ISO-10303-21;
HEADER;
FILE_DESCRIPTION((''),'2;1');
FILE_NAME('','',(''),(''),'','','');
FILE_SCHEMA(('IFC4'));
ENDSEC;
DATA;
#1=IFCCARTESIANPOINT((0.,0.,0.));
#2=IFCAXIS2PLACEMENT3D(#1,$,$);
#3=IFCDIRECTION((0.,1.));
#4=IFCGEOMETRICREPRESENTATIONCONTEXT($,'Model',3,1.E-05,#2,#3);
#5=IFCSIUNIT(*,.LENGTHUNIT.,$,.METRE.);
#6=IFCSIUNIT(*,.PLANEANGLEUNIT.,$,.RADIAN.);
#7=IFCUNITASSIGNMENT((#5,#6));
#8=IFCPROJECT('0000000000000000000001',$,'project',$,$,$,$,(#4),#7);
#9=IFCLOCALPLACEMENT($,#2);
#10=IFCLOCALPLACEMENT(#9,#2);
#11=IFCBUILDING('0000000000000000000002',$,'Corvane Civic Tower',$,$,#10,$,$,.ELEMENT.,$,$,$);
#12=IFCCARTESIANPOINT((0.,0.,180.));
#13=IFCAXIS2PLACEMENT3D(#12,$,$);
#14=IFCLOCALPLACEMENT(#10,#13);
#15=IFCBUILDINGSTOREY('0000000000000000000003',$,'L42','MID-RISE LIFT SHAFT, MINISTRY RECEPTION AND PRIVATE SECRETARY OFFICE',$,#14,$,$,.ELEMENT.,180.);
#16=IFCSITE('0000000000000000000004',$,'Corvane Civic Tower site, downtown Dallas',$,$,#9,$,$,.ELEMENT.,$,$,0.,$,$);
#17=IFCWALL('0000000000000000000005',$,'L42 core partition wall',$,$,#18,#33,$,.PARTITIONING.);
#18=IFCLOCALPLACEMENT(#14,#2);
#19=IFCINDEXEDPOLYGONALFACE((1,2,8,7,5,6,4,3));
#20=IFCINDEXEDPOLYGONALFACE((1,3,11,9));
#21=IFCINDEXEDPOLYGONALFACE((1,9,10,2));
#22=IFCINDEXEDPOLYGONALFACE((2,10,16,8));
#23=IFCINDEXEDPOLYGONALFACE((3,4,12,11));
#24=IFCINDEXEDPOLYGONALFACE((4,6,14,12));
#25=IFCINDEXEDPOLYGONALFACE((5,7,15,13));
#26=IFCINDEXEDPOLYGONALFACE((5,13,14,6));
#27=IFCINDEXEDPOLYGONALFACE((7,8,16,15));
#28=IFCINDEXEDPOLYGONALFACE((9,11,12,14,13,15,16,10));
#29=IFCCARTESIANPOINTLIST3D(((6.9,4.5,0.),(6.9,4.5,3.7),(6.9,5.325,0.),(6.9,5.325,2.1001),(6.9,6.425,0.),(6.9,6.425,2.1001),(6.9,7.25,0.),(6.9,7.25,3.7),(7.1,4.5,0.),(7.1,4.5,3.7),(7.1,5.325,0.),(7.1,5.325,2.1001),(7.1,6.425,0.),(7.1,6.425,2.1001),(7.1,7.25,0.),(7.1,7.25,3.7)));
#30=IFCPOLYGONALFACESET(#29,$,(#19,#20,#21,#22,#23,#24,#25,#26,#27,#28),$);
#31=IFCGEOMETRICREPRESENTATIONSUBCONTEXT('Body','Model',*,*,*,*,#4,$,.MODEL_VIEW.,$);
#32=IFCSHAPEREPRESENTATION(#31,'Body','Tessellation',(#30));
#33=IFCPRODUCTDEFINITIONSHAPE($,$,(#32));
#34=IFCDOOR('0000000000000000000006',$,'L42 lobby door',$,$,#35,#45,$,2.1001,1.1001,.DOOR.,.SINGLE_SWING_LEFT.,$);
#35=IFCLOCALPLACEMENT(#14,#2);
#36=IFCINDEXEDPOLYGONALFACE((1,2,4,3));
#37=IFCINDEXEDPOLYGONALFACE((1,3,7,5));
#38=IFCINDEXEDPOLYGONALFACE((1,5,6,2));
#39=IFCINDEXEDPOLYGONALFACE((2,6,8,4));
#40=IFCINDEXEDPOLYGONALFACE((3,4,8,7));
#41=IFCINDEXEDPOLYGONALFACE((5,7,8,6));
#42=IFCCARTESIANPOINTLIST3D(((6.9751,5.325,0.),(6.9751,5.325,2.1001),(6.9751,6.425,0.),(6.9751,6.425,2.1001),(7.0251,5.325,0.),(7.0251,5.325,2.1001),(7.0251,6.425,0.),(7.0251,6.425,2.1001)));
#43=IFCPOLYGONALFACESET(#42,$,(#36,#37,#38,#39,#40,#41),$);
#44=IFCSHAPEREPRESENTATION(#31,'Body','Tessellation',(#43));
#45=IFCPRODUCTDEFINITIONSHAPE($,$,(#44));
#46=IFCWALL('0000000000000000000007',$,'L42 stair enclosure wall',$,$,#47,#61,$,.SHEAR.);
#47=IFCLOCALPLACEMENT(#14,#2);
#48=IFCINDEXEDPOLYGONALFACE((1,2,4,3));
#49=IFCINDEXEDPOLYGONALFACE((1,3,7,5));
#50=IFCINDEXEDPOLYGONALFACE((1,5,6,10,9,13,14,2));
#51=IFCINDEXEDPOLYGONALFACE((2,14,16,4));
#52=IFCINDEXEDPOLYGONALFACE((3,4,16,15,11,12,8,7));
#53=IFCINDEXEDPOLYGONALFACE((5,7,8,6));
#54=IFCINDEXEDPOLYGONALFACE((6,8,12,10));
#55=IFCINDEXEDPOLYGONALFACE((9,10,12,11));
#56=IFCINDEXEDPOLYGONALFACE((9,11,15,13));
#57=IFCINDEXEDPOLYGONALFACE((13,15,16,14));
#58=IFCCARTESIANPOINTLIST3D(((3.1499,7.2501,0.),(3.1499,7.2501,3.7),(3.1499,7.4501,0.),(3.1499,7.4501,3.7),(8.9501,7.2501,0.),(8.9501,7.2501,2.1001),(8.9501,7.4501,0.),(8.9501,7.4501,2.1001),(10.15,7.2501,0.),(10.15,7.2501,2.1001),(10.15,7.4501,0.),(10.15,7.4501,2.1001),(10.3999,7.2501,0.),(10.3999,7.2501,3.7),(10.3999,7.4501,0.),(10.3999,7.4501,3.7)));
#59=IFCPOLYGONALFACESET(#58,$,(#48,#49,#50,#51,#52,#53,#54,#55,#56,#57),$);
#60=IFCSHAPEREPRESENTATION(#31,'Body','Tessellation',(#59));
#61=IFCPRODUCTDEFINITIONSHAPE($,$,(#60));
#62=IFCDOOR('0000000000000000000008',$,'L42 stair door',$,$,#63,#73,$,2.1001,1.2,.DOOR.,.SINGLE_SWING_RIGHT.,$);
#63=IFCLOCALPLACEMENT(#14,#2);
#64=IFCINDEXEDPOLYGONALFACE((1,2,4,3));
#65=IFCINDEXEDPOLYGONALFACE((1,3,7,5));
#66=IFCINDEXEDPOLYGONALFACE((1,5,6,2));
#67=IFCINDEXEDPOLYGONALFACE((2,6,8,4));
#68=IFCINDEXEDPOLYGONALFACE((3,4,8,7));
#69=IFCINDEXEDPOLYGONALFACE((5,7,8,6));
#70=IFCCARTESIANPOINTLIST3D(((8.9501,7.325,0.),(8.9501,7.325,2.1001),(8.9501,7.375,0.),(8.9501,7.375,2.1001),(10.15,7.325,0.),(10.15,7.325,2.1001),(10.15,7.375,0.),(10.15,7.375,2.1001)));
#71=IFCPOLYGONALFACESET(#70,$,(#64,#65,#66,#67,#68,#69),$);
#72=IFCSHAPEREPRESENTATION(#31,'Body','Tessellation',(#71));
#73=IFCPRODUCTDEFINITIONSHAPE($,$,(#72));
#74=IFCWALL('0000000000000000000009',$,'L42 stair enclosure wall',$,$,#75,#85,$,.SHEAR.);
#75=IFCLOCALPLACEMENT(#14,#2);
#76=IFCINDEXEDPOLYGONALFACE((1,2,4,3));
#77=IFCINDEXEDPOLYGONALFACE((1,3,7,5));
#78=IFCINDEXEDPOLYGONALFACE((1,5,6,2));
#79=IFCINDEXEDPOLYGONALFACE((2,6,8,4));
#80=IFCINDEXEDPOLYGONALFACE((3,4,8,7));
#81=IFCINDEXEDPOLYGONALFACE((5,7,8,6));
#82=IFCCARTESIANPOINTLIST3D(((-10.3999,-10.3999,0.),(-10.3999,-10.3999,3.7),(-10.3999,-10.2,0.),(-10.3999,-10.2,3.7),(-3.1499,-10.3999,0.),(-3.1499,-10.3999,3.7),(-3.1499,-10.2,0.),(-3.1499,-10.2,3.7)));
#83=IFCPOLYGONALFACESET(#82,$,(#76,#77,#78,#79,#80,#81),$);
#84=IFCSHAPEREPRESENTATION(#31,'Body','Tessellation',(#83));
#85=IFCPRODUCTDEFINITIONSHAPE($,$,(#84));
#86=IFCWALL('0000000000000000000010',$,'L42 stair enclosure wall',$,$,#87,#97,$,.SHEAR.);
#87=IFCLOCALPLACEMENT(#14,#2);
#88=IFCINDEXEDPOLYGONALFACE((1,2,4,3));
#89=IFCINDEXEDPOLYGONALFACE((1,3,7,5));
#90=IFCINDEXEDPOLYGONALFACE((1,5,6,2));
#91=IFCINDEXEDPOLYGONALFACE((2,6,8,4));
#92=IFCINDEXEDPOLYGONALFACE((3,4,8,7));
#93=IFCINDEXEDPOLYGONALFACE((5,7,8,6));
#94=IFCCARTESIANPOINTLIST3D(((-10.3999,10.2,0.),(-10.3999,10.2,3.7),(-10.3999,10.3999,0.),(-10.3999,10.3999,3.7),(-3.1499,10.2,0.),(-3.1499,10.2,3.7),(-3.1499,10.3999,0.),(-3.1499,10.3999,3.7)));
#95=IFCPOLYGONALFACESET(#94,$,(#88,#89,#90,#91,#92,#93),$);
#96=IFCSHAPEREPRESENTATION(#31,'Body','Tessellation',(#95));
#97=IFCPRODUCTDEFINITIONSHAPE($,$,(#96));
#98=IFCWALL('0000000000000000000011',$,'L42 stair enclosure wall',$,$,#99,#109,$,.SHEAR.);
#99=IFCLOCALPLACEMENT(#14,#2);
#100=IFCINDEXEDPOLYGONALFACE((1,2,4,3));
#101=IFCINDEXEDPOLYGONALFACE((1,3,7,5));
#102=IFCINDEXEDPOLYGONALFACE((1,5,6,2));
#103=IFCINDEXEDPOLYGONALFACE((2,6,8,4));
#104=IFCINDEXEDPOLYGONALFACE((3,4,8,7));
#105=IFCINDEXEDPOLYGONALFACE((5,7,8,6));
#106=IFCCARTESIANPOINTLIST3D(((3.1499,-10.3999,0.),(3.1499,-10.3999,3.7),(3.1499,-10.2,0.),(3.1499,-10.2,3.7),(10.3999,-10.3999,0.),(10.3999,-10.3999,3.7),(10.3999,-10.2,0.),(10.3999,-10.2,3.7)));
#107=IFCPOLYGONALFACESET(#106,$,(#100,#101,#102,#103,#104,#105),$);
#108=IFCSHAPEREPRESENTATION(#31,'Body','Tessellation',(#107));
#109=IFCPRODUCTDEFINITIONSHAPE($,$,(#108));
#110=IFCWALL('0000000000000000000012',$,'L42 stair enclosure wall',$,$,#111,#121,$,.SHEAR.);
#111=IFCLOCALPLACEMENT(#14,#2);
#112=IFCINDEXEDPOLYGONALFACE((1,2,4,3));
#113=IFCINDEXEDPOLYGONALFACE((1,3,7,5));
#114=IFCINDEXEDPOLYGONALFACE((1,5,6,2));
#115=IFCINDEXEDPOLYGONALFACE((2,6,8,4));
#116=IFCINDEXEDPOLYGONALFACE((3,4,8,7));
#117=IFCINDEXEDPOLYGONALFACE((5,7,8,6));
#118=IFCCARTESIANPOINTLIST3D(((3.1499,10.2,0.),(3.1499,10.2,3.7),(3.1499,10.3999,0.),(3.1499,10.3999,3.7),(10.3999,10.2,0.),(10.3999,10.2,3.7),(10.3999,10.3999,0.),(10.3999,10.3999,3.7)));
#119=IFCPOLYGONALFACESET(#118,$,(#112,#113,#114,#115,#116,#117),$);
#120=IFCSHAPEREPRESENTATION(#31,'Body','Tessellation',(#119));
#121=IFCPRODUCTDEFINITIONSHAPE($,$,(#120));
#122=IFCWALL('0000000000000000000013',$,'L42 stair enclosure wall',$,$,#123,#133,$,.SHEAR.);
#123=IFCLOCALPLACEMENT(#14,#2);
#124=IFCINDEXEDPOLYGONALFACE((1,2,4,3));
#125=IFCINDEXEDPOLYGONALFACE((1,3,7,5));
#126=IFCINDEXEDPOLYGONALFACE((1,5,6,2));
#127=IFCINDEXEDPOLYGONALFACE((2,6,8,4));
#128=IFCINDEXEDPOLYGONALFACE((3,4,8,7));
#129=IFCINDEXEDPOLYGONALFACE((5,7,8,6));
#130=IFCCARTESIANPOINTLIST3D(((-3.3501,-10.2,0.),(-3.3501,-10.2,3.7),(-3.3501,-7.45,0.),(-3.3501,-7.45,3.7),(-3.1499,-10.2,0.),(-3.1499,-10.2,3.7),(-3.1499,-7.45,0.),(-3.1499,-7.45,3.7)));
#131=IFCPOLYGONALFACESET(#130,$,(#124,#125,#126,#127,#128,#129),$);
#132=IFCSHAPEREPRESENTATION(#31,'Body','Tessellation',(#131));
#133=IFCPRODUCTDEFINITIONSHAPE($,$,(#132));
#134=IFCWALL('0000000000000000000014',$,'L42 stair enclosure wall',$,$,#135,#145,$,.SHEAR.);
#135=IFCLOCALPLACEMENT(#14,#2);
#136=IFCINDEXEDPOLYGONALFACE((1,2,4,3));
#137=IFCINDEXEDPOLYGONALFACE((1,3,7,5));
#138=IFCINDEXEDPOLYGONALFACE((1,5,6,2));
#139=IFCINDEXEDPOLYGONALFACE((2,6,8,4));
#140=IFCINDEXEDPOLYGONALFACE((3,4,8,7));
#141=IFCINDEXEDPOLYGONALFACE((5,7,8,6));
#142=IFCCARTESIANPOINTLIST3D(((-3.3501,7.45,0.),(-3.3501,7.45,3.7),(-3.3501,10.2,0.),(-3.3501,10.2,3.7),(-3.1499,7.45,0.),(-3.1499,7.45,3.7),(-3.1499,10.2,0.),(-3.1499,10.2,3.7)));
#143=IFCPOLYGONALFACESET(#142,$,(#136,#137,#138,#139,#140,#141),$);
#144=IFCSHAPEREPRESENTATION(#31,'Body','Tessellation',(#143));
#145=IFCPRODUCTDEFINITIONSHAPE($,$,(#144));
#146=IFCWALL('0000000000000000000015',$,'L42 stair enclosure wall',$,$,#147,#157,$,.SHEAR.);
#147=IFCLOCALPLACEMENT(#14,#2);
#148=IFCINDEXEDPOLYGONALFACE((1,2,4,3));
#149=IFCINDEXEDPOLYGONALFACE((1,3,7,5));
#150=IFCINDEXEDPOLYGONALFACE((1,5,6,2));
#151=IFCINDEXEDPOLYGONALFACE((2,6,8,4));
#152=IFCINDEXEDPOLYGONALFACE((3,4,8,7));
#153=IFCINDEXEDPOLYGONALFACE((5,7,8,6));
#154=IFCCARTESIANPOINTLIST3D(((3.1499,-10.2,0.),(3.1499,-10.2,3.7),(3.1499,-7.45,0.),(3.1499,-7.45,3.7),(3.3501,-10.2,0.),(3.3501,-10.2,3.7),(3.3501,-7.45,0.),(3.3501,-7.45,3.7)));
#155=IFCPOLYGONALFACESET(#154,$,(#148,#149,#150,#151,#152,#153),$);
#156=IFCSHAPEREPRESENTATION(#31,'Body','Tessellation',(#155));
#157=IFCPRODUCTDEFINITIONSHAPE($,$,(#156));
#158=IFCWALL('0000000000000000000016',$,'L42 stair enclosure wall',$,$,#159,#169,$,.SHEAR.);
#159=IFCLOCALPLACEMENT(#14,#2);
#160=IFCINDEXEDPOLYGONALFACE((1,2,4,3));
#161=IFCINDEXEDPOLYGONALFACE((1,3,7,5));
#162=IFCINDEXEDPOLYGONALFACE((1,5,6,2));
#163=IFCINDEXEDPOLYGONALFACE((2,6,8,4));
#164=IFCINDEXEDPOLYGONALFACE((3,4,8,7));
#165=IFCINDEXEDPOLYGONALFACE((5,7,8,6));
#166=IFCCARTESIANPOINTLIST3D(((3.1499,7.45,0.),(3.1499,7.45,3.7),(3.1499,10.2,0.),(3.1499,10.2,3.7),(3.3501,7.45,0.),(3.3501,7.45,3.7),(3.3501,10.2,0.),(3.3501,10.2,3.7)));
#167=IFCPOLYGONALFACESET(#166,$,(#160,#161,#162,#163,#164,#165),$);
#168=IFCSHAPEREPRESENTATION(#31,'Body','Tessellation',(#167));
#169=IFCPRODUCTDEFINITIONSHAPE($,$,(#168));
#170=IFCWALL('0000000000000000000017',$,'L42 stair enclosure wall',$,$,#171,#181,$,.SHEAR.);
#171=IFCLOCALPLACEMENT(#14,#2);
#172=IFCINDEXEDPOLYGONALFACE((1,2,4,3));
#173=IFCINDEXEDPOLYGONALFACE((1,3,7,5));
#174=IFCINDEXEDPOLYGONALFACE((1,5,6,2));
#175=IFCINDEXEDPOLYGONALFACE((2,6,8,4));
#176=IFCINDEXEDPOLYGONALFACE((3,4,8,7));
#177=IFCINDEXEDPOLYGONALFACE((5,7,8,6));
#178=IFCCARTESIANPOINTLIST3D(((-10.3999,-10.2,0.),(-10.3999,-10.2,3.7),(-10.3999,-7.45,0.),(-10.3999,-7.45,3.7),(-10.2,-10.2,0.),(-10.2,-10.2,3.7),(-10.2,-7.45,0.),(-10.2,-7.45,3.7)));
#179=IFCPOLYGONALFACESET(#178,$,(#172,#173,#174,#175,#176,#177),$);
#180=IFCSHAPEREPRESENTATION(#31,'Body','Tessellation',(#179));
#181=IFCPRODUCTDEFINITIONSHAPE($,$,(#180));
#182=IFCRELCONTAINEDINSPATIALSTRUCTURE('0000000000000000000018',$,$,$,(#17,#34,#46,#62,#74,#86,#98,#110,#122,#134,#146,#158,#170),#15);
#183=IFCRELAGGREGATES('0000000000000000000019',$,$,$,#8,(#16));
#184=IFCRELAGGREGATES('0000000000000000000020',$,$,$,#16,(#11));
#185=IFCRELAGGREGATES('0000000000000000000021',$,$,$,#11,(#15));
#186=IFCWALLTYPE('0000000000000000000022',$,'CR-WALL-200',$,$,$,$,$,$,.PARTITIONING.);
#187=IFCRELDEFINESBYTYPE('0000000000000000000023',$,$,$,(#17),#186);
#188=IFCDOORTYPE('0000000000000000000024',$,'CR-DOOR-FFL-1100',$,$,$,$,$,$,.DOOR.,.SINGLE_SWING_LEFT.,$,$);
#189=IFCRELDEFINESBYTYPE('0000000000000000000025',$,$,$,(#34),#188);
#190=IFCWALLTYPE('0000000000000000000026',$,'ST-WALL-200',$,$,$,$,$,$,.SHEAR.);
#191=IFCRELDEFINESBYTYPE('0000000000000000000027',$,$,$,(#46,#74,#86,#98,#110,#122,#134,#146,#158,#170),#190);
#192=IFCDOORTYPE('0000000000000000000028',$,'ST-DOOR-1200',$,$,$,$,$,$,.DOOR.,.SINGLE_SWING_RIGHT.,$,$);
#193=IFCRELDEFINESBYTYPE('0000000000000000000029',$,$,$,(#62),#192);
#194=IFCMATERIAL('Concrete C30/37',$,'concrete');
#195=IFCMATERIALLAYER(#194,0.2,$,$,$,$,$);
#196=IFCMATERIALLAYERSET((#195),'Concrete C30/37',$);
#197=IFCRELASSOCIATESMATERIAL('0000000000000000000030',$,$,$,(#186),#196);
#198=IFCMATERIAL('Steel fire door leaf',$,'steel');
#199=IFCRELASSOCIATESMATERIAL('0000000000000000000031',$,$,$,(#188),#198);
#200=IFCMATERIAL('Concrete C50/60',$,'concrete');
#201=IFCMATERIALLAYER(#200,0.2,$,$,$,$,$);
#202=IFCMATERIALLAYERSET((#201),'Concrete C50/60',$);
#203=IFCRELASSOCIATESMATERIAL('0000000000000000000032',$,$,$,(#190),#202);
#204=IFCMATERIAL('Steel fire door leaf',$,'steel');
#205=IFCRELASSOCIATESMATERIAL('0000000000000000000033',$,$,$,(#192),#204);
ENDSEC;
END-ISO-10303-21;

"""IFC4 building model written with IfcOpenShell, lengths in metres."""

from ifc_helpers import new_model, si_unit, direction, frame, frame_2d, origin, place, context, subcontext, project, spatial, polyline, rectangle, outline, extrude, material, layer, layer_set, type_object, element, fill, save


model = new_model("IFC4")

# Units and contexts
model_context = context("Model", 3, precision=1e-05, world=origin(), true_north=direction((0.0, 1.0)))
body_context = subcontext(model_context, "Body", "Model", "MODEL_VIEW")
ifc_project = project(units=[si_unit("LENGTHUNIT", "METRE"), si_unit("PLANEANGLEUNIT", "RADIAN")], contexts=[model_context])

# Site, building, storey
site_placement = place(None, origin())
site = spatial("IfcSite", under=ifc_project, at=site_placement, Name="Corvane Civic Tower site, downtown Dallas", CompositionType="ELEMENT", RefElevation=0.0)
building_placement = place(site_placement, origin())
building = spatial("IfcBuilding", under=site, at=building_placement, Name="Corvane Civic Tower", CompositionType="ELEMENT")
storey_placement = place(building_placement, frame((0.0, 0.0, 180.0)))
storey = spatial("IfcBuildingStorey", under=building, at=storey_placement, Name="L42", Description="MID-RISE LIFT SHAFT, MINISTRY RECEPTION AND PRIVATE SECRETARY OFFICE", CompositionType="ELEMENT", Elevation=180.0)

# Walls, openings, doors
ifc_material_1 = material(Name="Concrete C30/37", Category="concrete")
ifc_layer_1 = layer(ifc_material_1, 0.2)
ifc_layer_set_1 = layer_set([ifc_layer_1], Name="Concrete C30/37")
wall_type_1 = type_object("IfcWallType", Name="CR-WALL-200", PredefinedType="PARTITIONING", material=ifc_layer_set_1)
wall_1_placement = place(storey_placement, frame((7.0, 4.5, 0.0), z_axis=(0.0, 0.0, 1.0), x_axis=(0.0, 1.0, 0.0)))
wall_1 = element("IfcWall", 1, at=wall_1_placement, inside=storey, type_object=wall_type_1, Name="L42 core partition wall", PredefinedType="PARTITIONING", context=body_context, shape_type="SweptSolid", body=[
    extrude(rectangle(XDim=2.75, YDim=0.2, at=frame_2d((1.375, 0.0))), origin(), (0.0, 0.0, 1.0), 3.7),
])
opening_1_placement = place(wall_1_placement, frame((0.825, 0.0, 0.0)))
opening_1 = element("IfcOpeningElement", 2, at=opening_1_placement, cuts=wall_1, PredefinedType="OPENING", context=body_context, shape_type="SweptSolid", body=[
    extrude(rectangle(XDim=1.1001, YDim=2.1001, at=frame_2d((0.55, 1.05))), frame((0.0, 0.1099, 0.0), z_axis=(0.0, -1.0, 0.0), x_axis=(1.0, 0.0, 0.0)), (0.0, 0.0, 1.0), 0.22),
])
ifc_material_2 = material(Name="Steel fire door leaf", Category="steel")
door_type_1 = type_object("IfcDoorType", Name="CR-DOOR-FFL-1100", OperationType="SINGLE_SWING_LEFT", PredefinedType="DOOR", material=ifc_material_2)
door_1_placement = place(opening_1_placement, origin())
door_1 = element("IfcDoor", 3, at=door_1_placement, inside=storey, type_object=door_type_1, Name="L42 lobby door", OperationType="SINGLE_SWING_LEFT", OverallHeight=2.1001, OverallWidth=1.1001, PredefinedType="DOOR", context=body_context, shape_type="SweptSolid", body=[
    extrude(rectangle(XDim=1.1001, YDim=2.1001, at=frame_2d((0.55, 1.05))), frame((0.0, 0.0249, 0.0), z_axis=(0.0, -1.0, 0.0), x_axis=(1.0, 0.0, 0.0)), (0.0, 0.0, 1.0), 0.05),
])
fill(opening_1, door_1)
ifc_material_3 = material(Name="Concrete C50/60", Category="concrete")
ifc_layer_2 = layer(ifc_material_3, 0.2)
ifc_layer_set_2 = layer_set([ifc_layer_2], Name="Concrete C50/60")
wall_type_2 = type_object("IfcWallType", Name="ST-WALL-200", PredefinedType="SHEAR", material=ifc_layer_set_2)
wall_2_placement = place(storey_placement, frame((3.1499, 7.3501, 0.0), z_axis=(0.0, 0.0, 1.0), x_axis=(1.0, 0.0, 0.0)))
wall_2 = element("IfcWall", 4, at=wall_2_placement, inside=storey, type_object=wall_type_2, Name="L42 stair enclosure wall", PredefinedType="SHEAR", context=body_context, shape_type="SweptSolid", body=[
    extrude(rectangle(XDim=7.25, YDim=0.2, at=frame_2d((3.625, 0.0))), origin(), (0.0, 0.0, 1.0), 3.7),
])
opening_2_placement = place(wall_2_placement, frame((5.8, 0.0, 0.0)))
opening_2 = element("IfcOpeningElement", 5, at=opening_2_placement, cuts=wall_2, PredefinedType="OPENING", context=body_context, shape_type="SweptSolid", body=[
    extrude(rectangle(XDim=1.2, YDim=2.1001, at=frame_2d((0.6001, 1.05))), frame((0.0, 0.1099, 0.0), z_axis=(0.0, -1.0, 0.0), x_axis=(1.0, 0.0, 0.0)), (0.0, 0.0, 1.0), 0.22),
])
ifc_material_4 = material(Name="Steel fire door leaf", Category="steel")
door_type_2 = type_object("IfcDoorType", Name="ST-DOOR-1200", OperationType="SINGLE_SWING_RIGHT", PredefinedType="DOOR", material=ifc_material_4)
door_2_placement = place(opening_2_placement, origin())
door_2 = element("IfcDoor", 6, at=door_2_placement, inside=storey, type_object=door_type_2, Name="L42 stair door", OperationType="SINGLE_SWING_RIGHT", OverallHeight=2.1001, OverallWidth=1.2, PredefinedType="DOOR", context=body_context, shape_type="SweptSolid", body=[
    extrude(rectangle(XDim=1.2, YDim=2.1001, at=frame_2d((0.6001, 1.05))), frame((0.0, 0.0249, 0.0), z_axis=(0.0, -1.0, 0.0), x_axis=(1.0, 0.0, 0.0)), (0.0, 0.0, 1.0), 0.05),
])
fill(opening_2, door_2)

# Walls
wall_3_placement = place(storey_placement, origin())
element("IfcWall", 7, at=wall_3_placement, inside=storey, type_object=wall_type_2, Name="L42 stair enclosure wall", PredefinedType="SHEAR", context=body_context, shape_type="SweptSolid", body=[
    extrude(outline(polyline([(-3.1499, -10.2), (-3.1499, -10.3999), (-10.3999, -10.3999), (-10.3999, -10.2), (-3.1499, -10.2)])), origin(), (0.0, 0.0, 1.0), 3.7),
])
wall_4_placement = place(storey_placement, origin())
element("IfcWall", 8, at=wall_4_placement, inside=storey, type_object=wall_type_2, Name="L42 stair enclosure wall", PredefinedType="SHEAR", context=body_context, shape_type="SweptSolid", body=[
    extrude(outline(polyline([(-3.1499, 10.2), (-10.3999, 10.2), (-10.3999, 10.3999), (-3.1499, 10.3999), (-3.1499, 10.2)])), origin(), (0.0, 0.0, 1.0), 3.7),
])
wall_5_placement = place(storey_placement, origin())
element("IfcWall", 9, at=wall_5_placement, inside=storey, type_object=wall_type_2, Name="L42 stair enclosure wall", PredefinedType="SHEAR", context=body_context, shape_type="SweptSolid", body=[
    extrude(outline(polyline([(10.3999, -10.3999), (3.1499, -10.3999), (3.1499, -10.2), (10.3999, -10.2), (10.3999, -10.3999)])), origin(), (0.0, 0.0, 1.0), 3.7),
])
wall_6_placement = place(storey_placement, origin())
element("IfcWall", 10, at=wall_6_placement, inside=storey, type_object=wall_type_2, Name="L42 stair enclosure wall", PredefinedType="SHEAR", context=body_context, shape_type="SweptSolid", body=[
    extrude(outline(polyline([(10.3999, 10.2), (3.1499, 10.2), (3.1499, 10.3999), (10.3999, 10.3999), (10.3999, 10.2)])), origin(), (0.0, 0.0, 1.0), 3.7),
])
wall_7_placement = place(storey_placement, origin())
element("IfcWall", 11, at=wall_7_placement, inside=storey, type_object=wall_type_2, Name="L42 stair enclosure wall", PredefinedType="SHEAR", context=body_context, shape_type="SweptSolid", body=[
    extrude(outline(polyline([(-3.1499, -7.45), (-3.1499, -10.2), (-3.3501, -10.2), (-3.3501, -7.45), (-3.1499, -7.45)])), origin(), (0.0, 0.0, 1.0), 3.7),
])
wall_8_placement = place(storey_placement, origin())
element("IfcWall", 12, at=wall_8_placement, inside=storey, type_object=wall_type_2, Name="L42 stair enclosure wall", PredefinedType="SHEAR", context=body_context, shape_type="SweptSolid", body=[
    extrude(outline(polyline([(-3.1499, 7.45), (-3.3501, 7.45), (-3.3501, 10.2), (-3.1499, 10.2), (-3.1499, 7.45)])), origin(), (0.0, 0.0, 1.0), 3.7),
])
wall_9_placement = place(storey_placement, origin())
element("IfcWall", 13, at=wall_9_placement, inside=storey, type_object=wall_type_2, Name="L42 stair enclosure wall", PredefinedType="SHEAR", context=body_context, shape_type="SweptSolid", body=[
    extrude(outline(polyline([(3.3501, -7.45), (3.3501, -10.2), (3.1499, -10.2), (3.1499, -7.45), (3.3501, -7.45)])), origin(), (0.0, 0.0, 1.0), 3.7),
])
wall_10_placement = place(storey_placement, origin())
element("IfcWall", 14, at=wall_10_placement, inside=storey, type_object=wall_type_2, Name="L42 stair enclosure wall", PredefinedType="SHEAR", context=body_context, shape_type="SweptSolid", body=[
    extrude(outline(polyline([(3.3501, 7.45), (3.1499, 7.45), (3.1499, 10.2), (3.3501, 10.2), (3.3501, 7.45)])), origin(), (0.0, 0.0, 1.0), 3.7),
])
wall_11_placement = place(storey_placement, origin())
element("IfcWall", 15, at=wall_11_placement, inside=storey, type_object=wall_type_2, Name="L42 stair enclosure wall", PredefinedType="SHEAR", context=body_context, shape_type="SweptSolid", body=[
    extrude(outline(polyline([(-10.2, -7.45), (-10.2, -10.2), (-10.3999, -10.2), (-10.3999, -7.45), (-10.2, -7.45)])), origin(), (0.0, 0.0, 1.0), 3.7),
])

save(model, "model.ifc")
